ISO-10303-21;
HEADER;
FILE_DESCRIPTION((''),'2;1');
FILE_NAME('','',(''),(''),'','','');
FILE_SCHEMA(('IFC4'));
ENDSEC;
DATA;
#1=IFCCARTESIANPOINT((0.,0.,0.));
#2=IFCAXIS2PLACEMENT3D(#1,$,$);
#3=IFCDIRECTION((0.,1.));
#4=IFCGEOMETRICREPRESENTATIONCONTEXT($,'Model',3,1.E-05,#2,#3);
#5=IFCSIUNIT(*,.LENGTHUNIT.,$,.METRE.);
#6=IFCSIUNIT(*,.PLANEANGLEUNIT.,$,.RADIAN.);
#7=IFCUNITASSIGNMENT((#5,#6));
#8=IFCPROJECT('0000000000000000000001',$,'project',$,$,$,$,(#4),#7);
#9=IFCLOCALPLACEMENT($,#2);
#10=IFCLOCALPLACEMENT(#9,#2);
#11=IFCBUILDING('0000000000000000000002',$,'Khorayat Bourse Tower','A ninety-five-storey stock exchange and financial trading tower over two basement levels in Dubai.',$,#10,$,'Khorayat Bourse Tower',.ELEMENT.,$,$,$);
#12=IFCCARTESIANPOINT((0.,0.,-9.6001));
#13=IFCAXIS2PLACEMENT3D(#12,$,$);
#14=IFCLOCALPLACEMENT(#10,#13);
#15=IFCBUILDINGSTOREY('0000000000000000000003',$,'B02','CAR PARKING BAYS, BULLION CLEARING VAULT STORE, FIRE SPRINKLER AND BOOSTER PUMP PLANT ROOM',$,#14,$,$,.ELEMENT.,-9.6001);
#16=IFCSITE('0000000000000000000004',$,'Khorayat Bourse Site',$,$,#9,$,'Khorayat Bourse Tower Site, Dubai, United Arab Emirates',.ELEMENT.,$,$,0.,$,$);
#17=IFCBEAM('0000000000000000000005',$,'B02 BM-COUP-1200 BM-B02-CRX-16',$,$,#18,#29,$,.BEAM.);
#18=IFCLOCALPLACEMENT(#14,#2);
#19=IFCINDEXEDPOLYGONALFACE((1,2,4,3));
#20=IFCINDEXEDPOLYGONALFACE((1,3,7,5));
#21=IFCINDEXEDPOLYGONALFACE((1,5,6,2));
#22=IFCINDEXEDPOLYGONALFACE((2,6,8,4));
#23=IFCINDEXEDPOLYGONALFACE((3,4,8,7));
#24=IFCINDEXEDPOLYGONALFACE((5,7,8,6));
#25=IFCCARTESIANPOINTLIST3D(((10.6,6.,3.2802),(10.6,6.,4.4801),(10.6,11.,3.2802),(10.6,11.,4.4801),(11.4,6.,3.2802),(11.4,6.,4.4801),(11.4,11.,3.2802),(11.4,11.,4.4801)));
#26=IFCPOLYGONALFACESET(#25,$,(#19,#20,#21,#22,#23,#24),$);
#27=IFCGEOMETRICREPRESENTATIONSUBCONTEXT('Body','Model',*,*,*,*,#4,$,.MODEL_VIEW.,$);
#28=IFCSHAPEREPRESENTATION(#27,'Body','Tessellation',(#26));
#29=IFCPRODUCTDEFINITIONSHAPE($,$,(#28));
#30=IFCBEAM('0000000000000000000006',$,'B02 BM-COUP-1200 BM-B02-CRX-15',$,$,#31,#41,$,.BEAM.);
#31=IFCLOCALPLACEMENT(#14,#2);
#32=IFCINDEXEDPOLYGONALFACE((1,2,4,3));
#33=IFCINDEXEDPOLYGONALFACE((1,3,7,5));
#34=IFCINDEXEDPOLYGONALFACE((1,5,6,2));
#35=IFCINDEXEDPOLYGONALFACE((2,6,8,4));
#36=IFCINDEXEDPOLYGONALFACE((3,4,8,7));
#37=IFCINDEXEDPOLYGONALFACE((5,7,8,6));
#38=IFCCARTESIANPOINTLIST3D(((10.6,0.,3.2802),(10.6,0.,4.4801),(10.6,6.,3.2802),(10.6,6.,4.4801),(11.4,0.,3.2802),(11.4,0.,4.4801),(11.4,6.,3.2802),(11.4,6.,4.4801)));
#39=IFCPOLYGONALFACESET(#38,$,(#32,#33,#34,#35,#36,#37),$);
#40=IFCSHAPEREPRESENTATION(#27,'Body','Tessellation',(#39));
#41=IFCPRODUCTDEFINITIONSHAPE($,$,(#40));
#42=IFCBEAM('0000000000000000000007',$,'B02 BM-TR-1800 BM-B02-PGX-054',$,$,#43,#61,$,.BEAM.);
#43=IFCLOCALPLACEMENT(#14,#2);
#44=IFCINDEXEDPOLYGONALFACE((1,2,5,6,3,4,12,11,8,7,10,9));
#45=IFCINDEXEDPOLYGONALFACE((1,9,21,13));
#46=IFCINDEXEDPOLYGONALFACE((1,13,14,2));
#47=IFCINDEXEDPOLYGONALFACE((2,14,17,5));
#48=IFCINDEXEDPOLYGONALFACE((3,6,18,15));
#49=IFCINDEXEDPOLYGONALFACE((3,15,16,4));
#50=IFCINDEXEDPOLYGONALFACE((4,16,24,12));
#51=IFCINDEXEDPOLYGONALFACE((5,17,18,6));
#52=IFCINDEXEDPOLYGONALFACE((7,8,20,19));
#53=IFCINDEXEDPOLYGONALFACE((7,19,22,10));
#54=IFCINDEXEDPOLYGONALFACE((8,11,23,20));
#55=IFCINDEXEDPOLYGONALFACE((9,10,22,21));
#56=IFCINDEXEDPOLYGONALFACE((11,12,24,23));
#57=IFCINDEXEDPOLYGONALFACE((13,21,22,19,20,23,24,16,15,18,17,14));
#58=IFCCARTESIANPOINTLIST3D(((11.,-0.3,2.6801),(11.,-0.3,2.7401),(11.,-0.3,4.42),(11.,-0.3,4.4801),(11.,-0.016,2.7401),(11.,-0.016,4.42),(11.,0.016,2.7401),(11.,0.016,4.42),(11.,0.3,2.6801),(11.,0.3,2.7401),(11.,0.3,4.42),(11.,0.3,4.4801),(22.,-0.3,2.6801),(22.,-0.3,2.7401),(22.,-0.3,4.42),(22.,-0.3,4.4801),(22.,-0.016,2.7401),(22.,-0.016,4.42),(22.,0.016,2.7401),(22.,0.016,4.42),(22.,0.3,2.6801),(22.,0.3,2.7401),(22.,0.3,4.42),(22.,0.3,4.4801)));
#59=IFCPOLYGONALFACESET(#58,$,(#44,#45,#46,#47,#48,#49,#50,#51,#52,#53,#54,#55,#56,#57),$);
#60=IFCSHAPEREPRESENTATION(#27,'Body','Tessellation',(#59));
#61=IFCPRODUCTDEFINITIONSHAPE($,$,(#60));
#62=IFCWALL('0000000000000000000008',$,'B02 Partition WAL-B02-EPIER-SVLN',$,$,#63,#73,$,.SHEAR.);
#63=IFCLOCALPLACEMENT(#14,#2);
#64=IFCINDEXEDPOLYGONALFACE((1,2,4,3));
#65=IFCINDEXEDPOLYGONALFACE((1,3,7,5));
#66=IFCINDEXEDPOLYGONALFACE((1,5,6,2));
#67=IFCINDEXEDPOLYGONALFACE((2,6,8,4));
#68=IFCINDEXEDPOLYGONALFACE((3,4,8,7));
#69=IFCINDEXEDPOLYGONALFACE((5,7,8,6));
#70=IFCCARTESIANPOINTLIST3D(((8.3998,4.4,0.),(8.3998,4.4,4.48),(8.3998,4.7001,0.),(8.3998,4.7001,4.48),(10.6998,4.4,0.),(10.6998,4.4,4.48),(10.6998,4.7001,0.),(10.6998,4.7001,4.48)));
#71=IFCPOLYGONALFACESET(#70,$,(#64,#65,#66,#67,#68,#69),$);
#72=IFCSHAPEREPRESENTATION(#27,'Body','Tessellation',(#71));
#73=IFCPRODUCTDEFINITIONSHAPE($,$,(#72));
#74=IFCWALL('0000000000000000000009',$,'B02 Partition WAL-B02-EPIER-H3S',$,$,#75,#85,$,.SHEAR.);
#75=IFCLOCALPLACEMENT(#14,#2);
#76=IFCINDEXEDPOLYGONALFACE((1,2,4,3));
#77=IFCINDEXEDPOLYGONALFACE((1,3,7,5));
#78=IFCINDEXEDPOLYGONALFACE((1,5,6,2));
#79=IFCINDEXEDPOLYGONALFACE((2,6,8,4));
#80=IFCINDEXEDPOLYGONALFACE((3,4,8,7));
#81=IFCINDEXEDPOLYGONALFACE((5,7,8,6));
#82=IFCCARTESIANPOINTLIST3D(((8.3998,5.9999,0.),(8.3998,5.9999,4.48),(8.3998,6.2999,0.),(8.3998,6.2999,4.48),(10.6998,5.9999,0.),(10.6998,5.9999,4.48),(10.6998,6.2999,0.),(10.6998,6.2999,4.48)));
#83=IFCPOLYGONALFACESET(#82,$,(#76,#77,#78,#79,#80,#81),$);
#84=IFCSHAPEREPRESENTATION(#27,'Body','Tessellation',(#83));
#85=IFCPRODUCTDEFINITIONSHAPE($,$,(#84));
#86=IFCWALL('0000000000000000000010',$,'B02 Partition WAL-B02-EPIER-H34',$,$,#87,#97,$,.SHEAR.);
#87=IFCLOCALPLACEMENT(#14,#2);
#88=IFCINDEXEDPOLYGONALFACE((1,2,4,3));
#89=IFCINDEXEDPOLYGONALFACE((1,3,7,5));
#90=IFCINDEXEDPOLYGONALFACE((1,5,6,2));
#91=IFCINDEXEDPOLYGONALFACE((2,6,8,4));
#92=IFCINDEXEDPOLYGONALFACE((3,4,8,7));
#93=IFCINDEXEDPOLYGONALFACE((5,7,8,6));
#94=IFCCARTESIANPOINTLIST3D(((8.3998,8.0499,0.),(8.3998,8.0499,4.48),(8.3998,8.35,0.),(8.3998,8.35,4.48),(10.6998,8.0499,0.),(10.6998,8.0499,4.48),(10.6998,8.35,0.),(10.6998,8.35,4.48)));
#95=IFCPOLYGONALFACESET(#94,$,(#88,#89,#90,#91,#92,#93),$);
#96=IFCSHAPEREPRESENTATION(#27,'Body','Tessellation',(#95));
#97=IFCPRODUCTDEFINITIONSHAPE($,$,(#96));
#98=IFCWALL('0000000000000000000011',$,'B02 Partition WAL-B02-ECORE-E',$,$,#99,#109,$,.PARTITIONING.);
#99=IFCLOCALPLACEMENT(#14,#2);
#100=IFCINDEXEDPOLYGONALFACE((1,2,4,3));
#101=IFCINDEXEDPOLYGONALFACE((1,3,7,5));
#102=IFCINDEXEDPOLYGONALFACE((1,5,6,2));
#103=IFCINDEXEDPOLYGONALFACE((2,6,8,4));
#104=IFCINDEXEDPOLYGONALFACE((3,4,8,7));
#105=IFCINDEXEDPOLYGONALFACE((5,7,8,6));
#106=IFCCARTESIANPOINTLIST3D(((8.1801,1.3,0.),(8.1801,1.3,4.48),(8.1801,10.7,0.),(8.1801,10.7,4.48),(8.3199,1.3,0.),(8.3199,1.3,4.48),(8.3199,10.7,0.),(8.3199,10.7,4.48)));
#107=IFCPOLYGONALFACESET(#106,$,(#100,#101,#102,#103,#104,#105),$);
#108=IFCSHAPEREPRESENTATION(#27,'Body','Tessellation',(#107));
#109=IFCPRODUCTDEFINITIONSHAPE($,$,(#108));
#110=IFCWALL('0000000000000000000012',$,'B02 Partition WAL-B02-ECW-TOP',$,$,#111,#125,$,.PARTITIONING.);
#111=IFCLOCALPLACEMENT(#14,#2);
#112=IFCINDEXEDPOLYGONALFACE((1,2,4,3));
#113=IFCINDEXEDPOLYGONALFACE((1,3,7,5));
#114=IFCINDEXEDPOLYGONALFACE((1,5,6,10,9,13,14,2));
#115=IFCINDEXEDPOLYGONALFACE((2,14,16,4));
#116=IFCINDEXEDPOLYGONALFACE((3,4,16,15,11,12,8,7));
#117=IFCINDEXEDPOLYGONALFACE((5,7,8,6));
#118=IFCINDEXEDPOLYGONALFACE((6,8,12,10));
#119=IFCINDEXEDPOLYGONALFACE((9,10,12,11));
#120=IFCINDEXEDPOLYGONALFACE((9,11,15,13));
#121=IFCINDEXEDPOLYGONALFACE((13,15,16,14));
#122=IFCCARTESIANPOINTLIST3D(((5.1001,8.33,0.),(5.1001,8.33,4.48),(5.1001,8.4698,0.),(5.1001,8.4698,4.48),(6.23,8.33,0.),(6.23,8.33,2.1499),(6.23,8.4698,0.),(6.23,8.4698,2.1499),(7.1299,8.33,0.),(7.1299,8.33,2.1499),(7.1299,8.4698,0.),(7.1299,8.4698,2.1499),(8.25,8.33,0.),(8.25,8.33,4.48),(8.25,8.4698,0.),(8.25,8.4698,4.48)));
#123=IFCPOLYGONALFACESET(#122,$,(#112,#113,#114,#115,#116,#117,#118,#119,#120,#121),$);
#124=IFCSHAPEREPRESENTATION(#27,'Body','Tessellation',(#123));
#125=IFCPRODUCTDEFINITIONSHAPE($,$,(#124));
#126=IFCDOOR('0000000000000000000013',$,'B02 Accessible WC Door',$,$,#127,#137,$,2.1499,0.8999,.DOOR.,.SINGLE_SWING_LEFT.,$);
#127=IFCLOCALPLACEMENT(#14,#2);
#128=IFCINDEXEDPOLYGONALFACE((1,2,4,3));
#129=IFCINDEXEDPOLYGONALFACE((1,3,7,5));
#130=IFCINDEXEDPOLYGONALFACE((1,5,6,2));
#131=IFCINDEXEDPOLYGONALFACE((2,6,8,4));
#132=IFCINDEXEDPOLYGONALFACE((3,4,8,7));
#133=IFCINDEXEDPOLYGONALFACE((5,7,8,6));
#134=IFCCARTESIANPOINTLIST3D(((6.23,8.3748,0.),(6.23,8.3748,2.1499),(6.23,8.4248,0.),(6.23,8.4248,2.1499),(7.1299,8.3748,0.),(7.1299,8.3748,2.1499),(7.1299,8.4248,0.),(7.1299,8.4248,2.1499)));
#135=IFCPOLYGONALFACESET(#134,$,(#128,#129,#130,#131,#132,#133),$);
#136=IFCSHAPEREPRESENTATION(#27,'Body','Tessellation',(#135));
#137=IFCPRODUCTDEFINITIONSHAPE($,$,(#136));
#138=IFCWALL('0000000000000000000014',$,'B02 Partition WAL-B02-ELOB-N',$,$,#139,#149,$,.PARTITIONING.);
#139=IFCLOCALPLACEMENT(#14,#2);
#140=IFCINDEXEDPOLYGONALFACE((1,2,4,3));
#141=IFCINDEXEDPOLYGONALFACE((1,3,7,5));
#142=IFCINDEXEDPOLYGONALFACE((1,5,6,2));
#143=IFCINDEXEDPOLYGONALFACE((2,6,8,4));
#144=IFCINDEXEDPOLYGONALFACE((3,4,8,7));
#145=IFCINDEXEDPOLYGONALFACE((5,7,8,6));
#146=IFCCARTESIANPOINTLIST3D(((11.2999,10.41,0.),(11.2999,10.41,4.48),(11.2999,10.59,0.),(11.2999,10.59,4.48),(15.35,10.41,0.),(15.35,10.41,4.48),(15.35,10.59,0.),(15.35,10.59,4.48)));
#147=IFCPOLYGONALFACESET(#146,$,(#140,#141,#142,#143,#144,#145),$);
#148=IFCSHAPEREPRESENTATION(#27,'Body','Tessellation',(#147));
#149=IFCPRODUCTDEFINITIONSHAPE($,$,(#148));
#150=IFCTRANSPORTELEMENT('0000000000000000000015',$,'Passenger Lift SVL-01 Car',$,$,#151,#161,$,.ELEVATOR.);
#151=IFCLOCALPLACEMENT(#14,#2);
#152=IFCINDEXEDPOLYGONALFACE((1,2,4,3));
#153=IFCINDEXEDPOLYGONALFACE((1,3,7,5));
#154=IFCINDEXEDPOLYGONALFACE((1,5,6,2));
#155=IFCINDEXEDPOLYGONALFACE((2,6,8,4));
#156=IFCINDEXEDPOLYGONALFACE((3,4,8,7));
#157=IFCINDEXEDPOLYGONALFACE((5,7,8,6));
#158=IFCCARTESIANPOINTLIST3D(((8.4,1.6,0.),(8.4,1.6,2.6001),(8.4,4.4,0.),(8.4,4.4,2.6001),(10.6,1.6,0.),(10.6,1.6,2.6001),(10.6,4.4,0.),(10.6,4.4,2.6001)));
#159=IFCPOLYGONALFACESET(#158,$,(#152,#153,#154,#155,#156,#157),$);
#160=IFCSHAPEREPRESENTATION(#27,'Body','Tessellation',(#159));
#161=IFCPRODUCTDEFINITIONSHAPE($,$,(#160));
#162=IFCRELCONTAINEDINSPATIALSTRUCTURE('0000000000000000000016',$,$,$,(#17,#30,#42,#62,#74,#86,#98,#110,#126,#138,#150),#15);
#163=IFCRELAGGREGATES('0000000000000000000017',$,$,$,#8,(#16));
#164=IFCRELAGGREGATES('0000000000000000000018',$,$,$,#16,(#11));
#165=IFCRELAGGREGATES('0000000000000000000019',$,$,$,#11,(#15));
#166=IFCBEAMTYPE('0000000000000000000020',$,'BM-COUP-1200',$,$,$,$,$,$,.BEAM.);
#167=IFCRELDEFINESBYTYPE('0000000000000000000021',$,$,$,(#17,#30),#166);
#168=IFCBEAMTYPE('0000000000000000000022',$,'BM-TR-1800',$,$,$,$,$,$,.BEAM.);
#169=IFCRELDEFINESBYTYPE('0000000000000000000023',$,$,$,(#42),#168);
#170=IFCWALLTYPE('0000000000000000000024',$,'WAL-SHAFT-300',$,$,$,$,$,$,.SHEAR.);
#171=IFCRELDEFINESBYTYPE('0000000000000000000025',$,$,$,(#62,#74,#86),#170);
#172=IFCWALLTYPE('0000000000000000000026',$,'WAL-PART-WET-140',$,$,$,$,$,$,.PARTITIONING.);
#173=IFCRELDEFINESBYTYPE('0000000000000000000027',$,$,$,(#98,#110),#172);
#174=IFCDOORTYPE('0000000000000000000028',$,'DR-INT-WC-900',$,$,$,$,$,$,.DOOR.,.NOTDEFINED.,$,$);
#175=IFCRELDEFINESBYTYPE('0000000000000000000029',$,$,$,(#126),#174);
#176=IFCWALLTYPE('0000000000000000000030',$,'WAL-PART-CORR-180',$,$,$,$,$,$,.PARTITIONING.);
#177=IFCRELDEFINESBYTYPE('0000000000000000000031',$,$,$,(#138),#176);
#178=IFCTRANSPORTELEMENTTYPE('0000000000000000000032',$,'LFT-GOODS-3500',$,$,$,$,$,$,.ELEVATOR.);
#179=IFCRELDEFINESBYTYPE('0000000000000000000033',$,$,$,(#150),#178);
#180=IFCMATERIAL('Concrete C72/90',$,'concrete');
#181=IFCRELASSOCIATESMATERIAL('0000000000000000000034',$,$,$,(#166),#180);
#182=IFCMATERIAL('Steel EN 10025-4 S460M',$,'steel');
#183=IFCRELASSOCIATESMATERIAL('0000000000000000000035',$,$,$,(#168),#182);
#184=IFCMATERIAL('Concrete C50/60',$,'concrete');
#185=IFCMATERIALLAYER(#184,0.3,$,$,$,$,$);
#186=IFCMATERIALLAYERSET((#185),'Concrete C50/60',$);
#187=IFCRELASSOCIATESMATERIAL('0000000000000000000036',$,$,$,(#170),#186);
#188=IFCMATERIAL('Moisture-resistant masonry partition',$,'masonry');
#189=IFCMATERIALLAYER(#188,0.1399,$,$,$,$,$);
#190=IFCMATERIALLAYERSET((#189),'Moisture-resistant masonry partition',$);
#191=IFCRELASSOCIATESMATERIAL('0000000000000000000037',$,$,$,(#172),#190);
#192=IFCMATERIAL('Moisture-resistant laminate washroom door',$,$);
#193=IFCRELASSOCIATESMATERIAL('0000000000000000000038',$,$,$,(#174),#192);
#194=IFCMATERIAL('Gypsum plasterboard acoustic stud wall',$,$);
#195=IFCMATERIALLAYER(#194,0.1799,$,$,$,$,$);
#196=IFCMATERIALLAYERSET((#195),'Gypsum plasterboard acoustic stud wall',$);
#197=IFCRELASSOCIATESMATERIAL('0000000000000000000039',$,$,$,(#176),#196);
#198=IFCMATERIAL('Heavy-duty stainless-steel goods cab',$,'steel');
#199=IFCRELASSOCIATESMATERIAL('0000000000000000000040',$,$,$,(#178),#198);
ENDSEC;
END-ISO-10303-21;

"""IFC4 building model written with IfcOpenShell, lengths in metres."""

from ifc_helpers import new_model, si_unit, direction, frame, frame_2d, origin, origin_2d, place, context, subcontext, project, spatial, rectangle, i_section, extrude, source, transform, mapped, material, layer, layer_set, material_profile, profile_set, type_object, element, fill, save


model = new_model("IFC4")

# Units and contexts
model_context = context("Model", 3, precision=1e-05, world=origin(), true_north=direction((0.0, 1.0)))
body_context = subcontext(model_context, "Body", "Model", "MODEL_VIEW")
ifc_project = project(units=[si_unit("LENGTHUNIT", "METRE"), si_unit("PLANEANGLEUNIT", "RADIAN")], contexts=[model_context])

# Site, building, storey
site_placement = place(None, origin())
site = spatial("IfcSite", under=ifc_project, at=site_placement, Name="Khorayat Bourse Site", LongName="Khorayat Bourse Tower Site, Dubai, United Arab Emirates", CompositionType="ELEMENT", RefElevation=0.0)
building_placement = place(site_placement, origin())
building = spatial("IfcBuilding", under=site, at=building_placement, Name="Khorayat Bourse Tower", Description="A ninety-five-storey stock exchange and financial trading tower over two basement levels in Dubai.", LongName="Khorayat Bourse Tower", CompositionType="ELEMENT")
storey_placement = place(building_placement, frame((0.0, 0.0, -9.6001)))
storey = spatial("IfcBuildingStorey", under=building, at=storey_placement, Name="B02", Description="CAR PARKING BAYS, BULLION CLEARING VAULT STORE, FIRE SPRINKLER AND BOOSTER PUMP PLANT ROOM", CompositionType="ELEMENT", Elevation=-9.6001)

# Shared definitions
ifc_material_1 = material(Name="Concrete C50/60", Category="concrete")

# Shared definitions
ifc_material_2 = material(Name="Concrete C72/90", Category="concrete")

# Beams
ifc_material_profile_1 = material_profile(ifc_material_2, rectangle(XDim=0.8, YDim=1.2, at=origin_2d()), Name="RC 800x1200")
ifc_profile_set_1 = profile_set([ifc_material_profile_1], Name="Concrete C72/90")
beam_type_1 = type_object("IfcBeamType", Name="BM-COUP-1200", PredefinedType="BEAM", material=ifc_profile_set_1)
shared_shape_1 = source(origin(), body_context, "Body", "SweptSolid", [
    extrude(rectangle(XDim=0.8, YDim=1.2, at=origin_2d()), origin(), (0.0, 0.0, 1.0), 5.0),
])
beam_1_placement = place(storey_placement, frame((11.0, 6.0, 3.8801), z_axis=(0.0, 1.0, 0.0), x_axis=(-1.0, 0.0, 0.0)))
element("IfcBeam", 1, at=beam_1_placement, inside=storey, type_object=beam_type_1, Name="B02 BM-COUP-1200 BM-B02-CRX-16", PredefinedType="BEAM", context=body_context, shape_type="MappedRepresentation", body=[
    mapped(shared_shape_1, transform((0.0, 0.0, 0.0), scale=1.0)),
])
shared_shape_2 = source(origin(), body_context, "Body", "SweptSolid", [
    extrude(rectangle(XDim=0.8, YDim=1.2, at=origin_2d()), origin(), (0.0, 0.0, 1.0), 6.0),
])
beam_2_placement = place(storey_placement, frame((11.0, 0.0, 3.8801), z_axis=(0.0, 1.0, 0.0), x_axis=(-1.0, 0.0, 0.0)))
element("IfcBeam", 2, at=beam_2_placement, inside=storey, type_object=beam_type_1, Name="B02 BM-COUP-1200 BM-B02-CRX-15", PredefinedType="BEAM", context=body_context, shape_type="MappedRepresentation", body=[
    mapped(shared_shape_2, transform((0.0, 0.0, 0.0), scale=1.0)),
])
ifc_material_3 = material(Name="Steel EN 10025-4 S460M", Category="steel")
ifc_material_profile_2 = material_profile(ifc_material_3, i_section(OverallWidth=0.6001, OverallDepth=1.8, WebThickness=0.032, FlangeThickness=0.0601, at=origin_2d()), Name="PG 1800x600x32x60")
ifc_profile_set_2 = profile_set([ifc_material_profile_2], Name="Steel EN 10025-4 S460M")
beam_type_2 = type_object("IfcBeamType", Name="BM-TR-1800", PredefinedType="BEAM", material=ifc_profile_set_2)
shared_shape_3 = source(origin(), body_context, "Body", "SweptSolid", [
    extrude(i_section(OverallWidth=0.6001, OverallDepth=1.8, WebThickness=0.032, FlangeThickness=0.0601, at=origin_2d()), origin(), (0.0, 0.0, 1.0), 11.0),
])
beam_3_placement = place(storey_placement, frame((11.0, 0.0, 3.5801), z_axis=(1.0, 0.0, 0.0), x_axis=(0.0, 1.0, 0.0)))
element("IfcBeam", 3, at=beam_3_placement, inside=storey, type_object=beam_type_2, Name="B02 BM-TR-1800 BM-B02-PGX-054", PredefinedType="BEAM", context=body_context, shape_type="MappedRepresentation", body=[
    mapped(shared_shape_3, transform((0.0, 0.0, 0.0), scale=1.0)),
])

# Walls
ifc_layer_1 = layer(ifc_material_1, 0.3)
ifc_layer_set_1 = layer_set([ifc_layer_1], Name="Concrete C50/60")
wall_type_1 = type_object("IfcWallType", Name="WAL-SHAFT-300", PredefinedType="SHEAR", material=ifc_layer_set_1)
shared_shape_4 = source(origin(), body_context, "Body", "SweptSolid", [
    extrude(rectangle(XDim=2.3, YDim=0.3, at=frame_2d((1.1499, 0.0))), origin(), (0.0, 0.0, 1.0), 4.48),
])
for number, where, z_axis, x_axis, name in (
    (4, (8.3999, 4.55, 0.0), (0.0, 0.0, 1.0), (1.0, 0.0, 0.0), "B02 Partition WAL-B02-EPIER-SVLN"),
    (5, (8.3999, 6.1499, 0.0), (0.0, 0.0, 1.0), (1.0, 0.0, 0.0), "B02 Partition WAL-B02-EPIER-H3S"),
    (6, (8.3999, 8.2, 0.0), (0.0, 0.0, 1.0), (1.0, 0.0, 0.0), "B02 Partition WAL-B02-EPIER-H34"),
):
    element("IfcWall", number, at=place(storey_placement, frame(where, z_axis=z_axis, x_axis=x_axis)), inside=storey, type_object=wall_type_1, Name=name, PredefinedType="SHEAR", context=body_context, shape_type="MappedRepresentation", body=[
        mapped(shared_shape_4, transform((0.0, 0.0, 0.0), scale=1.0)),
    ])
ifc_material_4 = material(Name="Moisture-resistant masonry partition", Category="masonry")
ifc_layer_2 = layer(ifc_material_4, 0.1399)
ifc_layer_set_2 = layer_set([ifc_layer_2], Name="Moisture-resistant masonry partition")
wall_type_2 = type_object("IfcWallType", Name="WAL-PART-WET-140", PredefinedType="PARTITIONING", material=ifc_layer_set_2)
shared_shape_5 = source(origin(), body_context, "Body", "SweptSolid", [
    extrude(rectangle(XDim=9.3999, YDim=0.1399, at=frame_2d((4.7, 0.0))), origin(), (0.0, 0.0, 1.0), 4.48),
])
wall_1_placement = place(storey_placement, frame((8.25, 1.3, 0.0), z_axis=(0.0, 0.0, 1.0), x_axis=(0.0, 1.0, 0.0)))
element("IfcWall", 7, at=wall_1_placement, inside=storey, type_object=wall_type_2, Name="B02 Partition WAL-B02-ECORE-E", PredefinedType="PARTITIONING", context=body_context, shape_type="MappedRepresentation", body=[
    mapped(shared_shape_5, transform((0.0, 0.0, 0.0), scale=1.0)),
])

# Wall, opening, door
shared_shape_6 = source(origin(), body_context, "Body", "SweptSolid", [
    extrude(rectangle(XDim=3.1499, YDim=0.1399, at=frame_2d((1.575, 0.0))), origin(), (0.0, 0.0, 1.0), 4.48),
])
wall_2_placement = place(storey_placement, frame((5.1001, 8.3999, 0.0), z_axis=(0.0, 0.0, 1.0), x_axis=(1.0, 0.0, 0.0)))
wall_2 = element("IfcWall", 8, at=wall_2_placement, inside=storey, type_object=wall_type_2, Name="B02 Partition WAL-B02-ECW-TOP", PredefinedType="PARTITIONING", context=body_context, shape_type="MappedRepresentation", body=[
    mapped(shared_shape_6, transform((0.0, 0.0, 0.0), scale=1.0)),
])
shared_shape_7 = source(origin(), body_context, "Body", "SweptSolid", [
    extrude(rectangle(XDim=0.8999, YDim=2.1499, at=frame_2d((0.45, 1.075))), frame((0.0, 0.0798, 0.0), z_axis=(0.0, -1.0, 0.0), x_axis=(1.0, 0.0, 0.0)), (0.0, 0.0, 1.0), 0.1599),
])
opening_placement = place(wall_2_placement, frame((1.1299, 0.0, 0.0)))
opening = element("IfcOpeningElement", 9, at=opening_placement, cuts=wall_2, PredefinedType="OPENING", context=body_context, shape_type="MappedRepresentation", body=[
    mapped(shared_shape_7, transform((0.0, 0.0, 0.0), scale=1.0)),
])
ifc_material_5 = material(Name="Moisture-resistant laminate washroom door")
door_type = type_object("IfcDoorType", Name="DR-INT-WC-900", OperationType="NOTDEFINED", PredefinedType="DOOR", material=ifc_material_5)
shared_shape_8 = source(origin(), body_context, "Body", "SweptSolid", [
    extrude(rectangle(XDim=0.8999, YDim=2.1499, at=frame_2d((0.45, 1.075))), frame((0.0, 0.0249, 0.0), z_axis=(0.0, -1.0, 0.0), x_axis=(1.0, 0.0, 0.0)), (0.0, 0.0, 1.0), 0.05),
])
door_placement = place(opening_placement, origin())
door = element("IfcDoor", 10, at=door_placement, inside=storey, type_object=door_type, Name="B02 Accessible WC Door", OperationType="SINGLE_SWING_LEFT", OverallHeight=2.1499, OverallWidth=0.8999, PredefinedType="DOOR", context=body_context, shape_type="MappedRepresentation", body=[
    mapped(shared_shape_8, transform((0.0, 0.0, 0.0), scale=1.0)),
])
fill(opening, door)

# Wall
ifc_material_6 = material(Name="Gypsum plasterboard acoustic stud wall")
ifc_layer_3 = layer(ifc_material_6, 0.1799)
ifc_layer_set_3 = layer_set([ifc_layer_3], Name="Gypsum plasterboard acoustic stud wall")
wall_type_3 = type_object("IfcWallType", Name="WAL-PART-CORR-180", PredefinedType="PARTITIONING", material=ifc_layer_set_3)
shared_shape_9 = source(origin(), body_context, "Body", "SweptSolid", [
    extrude(rectangle(XDim=4.05, YDim=0.1799, at=frame_2d((2.0249, 0.0))), origin(), (0.0, 0.0, 1.0), 4.48),
])
wall_3_placement = place(storey_placement, frame((11.3, 10.5, 0.0), z_axis=(0.0, 0.0, 1.0), x_axis=(1.0, 0.0, 0.0)))
element("IfcWall", 11, at=wall_3_placement, inside=storey, type_object=wall_type_3, Name="B02 Partition WAL-B02-ELOB-N", PredefinedType="PARTITIONING", context=body_context, shape_type="MappedRepresentation", body=[
    mapped(shared_shape_9, transform((0.0, 0.0, 0.0), scale=1.0)),
])

# Transport element
ifc_material_7 = material(Name="Heavy-duty stainless-steel goods cab", Category="steel")
transport_element_type = type_object("IfcTransportElementType", Name="LFT-GOODS-3500", PredefinedType="ELEVATOR", material=ifc_material_7)
shared_shape_10 = source(origin(), body_context, "Body", "SweptSolid", [
    extrude(rectangle(XDim=2.2, YDim=2.8, at=origin_2d()), origin(), (0.0, 0.0, 1.0), 2.6001),
])
transport_element_placement = place(storey_placement, frame((9.5, 3.0, 0.0), z_axis=(0.0, 0.0, 1.0), x_axis=(1.0, 0.0, 0.0)))
element("IfcTransportElement", 12, at=transport_element_placement, inside=storey, type_object=transport_element_type, Name="Passenger Lift SVL-01 Car", PredefinedType="ELEVATOR", context=body_context, shape_type="MappedRepresentation", body=[
    mapped(shared_shape_10, transform((0.0, 0.0, 0.0), scale=1.0)),
])

save(model, "model.ifc")
